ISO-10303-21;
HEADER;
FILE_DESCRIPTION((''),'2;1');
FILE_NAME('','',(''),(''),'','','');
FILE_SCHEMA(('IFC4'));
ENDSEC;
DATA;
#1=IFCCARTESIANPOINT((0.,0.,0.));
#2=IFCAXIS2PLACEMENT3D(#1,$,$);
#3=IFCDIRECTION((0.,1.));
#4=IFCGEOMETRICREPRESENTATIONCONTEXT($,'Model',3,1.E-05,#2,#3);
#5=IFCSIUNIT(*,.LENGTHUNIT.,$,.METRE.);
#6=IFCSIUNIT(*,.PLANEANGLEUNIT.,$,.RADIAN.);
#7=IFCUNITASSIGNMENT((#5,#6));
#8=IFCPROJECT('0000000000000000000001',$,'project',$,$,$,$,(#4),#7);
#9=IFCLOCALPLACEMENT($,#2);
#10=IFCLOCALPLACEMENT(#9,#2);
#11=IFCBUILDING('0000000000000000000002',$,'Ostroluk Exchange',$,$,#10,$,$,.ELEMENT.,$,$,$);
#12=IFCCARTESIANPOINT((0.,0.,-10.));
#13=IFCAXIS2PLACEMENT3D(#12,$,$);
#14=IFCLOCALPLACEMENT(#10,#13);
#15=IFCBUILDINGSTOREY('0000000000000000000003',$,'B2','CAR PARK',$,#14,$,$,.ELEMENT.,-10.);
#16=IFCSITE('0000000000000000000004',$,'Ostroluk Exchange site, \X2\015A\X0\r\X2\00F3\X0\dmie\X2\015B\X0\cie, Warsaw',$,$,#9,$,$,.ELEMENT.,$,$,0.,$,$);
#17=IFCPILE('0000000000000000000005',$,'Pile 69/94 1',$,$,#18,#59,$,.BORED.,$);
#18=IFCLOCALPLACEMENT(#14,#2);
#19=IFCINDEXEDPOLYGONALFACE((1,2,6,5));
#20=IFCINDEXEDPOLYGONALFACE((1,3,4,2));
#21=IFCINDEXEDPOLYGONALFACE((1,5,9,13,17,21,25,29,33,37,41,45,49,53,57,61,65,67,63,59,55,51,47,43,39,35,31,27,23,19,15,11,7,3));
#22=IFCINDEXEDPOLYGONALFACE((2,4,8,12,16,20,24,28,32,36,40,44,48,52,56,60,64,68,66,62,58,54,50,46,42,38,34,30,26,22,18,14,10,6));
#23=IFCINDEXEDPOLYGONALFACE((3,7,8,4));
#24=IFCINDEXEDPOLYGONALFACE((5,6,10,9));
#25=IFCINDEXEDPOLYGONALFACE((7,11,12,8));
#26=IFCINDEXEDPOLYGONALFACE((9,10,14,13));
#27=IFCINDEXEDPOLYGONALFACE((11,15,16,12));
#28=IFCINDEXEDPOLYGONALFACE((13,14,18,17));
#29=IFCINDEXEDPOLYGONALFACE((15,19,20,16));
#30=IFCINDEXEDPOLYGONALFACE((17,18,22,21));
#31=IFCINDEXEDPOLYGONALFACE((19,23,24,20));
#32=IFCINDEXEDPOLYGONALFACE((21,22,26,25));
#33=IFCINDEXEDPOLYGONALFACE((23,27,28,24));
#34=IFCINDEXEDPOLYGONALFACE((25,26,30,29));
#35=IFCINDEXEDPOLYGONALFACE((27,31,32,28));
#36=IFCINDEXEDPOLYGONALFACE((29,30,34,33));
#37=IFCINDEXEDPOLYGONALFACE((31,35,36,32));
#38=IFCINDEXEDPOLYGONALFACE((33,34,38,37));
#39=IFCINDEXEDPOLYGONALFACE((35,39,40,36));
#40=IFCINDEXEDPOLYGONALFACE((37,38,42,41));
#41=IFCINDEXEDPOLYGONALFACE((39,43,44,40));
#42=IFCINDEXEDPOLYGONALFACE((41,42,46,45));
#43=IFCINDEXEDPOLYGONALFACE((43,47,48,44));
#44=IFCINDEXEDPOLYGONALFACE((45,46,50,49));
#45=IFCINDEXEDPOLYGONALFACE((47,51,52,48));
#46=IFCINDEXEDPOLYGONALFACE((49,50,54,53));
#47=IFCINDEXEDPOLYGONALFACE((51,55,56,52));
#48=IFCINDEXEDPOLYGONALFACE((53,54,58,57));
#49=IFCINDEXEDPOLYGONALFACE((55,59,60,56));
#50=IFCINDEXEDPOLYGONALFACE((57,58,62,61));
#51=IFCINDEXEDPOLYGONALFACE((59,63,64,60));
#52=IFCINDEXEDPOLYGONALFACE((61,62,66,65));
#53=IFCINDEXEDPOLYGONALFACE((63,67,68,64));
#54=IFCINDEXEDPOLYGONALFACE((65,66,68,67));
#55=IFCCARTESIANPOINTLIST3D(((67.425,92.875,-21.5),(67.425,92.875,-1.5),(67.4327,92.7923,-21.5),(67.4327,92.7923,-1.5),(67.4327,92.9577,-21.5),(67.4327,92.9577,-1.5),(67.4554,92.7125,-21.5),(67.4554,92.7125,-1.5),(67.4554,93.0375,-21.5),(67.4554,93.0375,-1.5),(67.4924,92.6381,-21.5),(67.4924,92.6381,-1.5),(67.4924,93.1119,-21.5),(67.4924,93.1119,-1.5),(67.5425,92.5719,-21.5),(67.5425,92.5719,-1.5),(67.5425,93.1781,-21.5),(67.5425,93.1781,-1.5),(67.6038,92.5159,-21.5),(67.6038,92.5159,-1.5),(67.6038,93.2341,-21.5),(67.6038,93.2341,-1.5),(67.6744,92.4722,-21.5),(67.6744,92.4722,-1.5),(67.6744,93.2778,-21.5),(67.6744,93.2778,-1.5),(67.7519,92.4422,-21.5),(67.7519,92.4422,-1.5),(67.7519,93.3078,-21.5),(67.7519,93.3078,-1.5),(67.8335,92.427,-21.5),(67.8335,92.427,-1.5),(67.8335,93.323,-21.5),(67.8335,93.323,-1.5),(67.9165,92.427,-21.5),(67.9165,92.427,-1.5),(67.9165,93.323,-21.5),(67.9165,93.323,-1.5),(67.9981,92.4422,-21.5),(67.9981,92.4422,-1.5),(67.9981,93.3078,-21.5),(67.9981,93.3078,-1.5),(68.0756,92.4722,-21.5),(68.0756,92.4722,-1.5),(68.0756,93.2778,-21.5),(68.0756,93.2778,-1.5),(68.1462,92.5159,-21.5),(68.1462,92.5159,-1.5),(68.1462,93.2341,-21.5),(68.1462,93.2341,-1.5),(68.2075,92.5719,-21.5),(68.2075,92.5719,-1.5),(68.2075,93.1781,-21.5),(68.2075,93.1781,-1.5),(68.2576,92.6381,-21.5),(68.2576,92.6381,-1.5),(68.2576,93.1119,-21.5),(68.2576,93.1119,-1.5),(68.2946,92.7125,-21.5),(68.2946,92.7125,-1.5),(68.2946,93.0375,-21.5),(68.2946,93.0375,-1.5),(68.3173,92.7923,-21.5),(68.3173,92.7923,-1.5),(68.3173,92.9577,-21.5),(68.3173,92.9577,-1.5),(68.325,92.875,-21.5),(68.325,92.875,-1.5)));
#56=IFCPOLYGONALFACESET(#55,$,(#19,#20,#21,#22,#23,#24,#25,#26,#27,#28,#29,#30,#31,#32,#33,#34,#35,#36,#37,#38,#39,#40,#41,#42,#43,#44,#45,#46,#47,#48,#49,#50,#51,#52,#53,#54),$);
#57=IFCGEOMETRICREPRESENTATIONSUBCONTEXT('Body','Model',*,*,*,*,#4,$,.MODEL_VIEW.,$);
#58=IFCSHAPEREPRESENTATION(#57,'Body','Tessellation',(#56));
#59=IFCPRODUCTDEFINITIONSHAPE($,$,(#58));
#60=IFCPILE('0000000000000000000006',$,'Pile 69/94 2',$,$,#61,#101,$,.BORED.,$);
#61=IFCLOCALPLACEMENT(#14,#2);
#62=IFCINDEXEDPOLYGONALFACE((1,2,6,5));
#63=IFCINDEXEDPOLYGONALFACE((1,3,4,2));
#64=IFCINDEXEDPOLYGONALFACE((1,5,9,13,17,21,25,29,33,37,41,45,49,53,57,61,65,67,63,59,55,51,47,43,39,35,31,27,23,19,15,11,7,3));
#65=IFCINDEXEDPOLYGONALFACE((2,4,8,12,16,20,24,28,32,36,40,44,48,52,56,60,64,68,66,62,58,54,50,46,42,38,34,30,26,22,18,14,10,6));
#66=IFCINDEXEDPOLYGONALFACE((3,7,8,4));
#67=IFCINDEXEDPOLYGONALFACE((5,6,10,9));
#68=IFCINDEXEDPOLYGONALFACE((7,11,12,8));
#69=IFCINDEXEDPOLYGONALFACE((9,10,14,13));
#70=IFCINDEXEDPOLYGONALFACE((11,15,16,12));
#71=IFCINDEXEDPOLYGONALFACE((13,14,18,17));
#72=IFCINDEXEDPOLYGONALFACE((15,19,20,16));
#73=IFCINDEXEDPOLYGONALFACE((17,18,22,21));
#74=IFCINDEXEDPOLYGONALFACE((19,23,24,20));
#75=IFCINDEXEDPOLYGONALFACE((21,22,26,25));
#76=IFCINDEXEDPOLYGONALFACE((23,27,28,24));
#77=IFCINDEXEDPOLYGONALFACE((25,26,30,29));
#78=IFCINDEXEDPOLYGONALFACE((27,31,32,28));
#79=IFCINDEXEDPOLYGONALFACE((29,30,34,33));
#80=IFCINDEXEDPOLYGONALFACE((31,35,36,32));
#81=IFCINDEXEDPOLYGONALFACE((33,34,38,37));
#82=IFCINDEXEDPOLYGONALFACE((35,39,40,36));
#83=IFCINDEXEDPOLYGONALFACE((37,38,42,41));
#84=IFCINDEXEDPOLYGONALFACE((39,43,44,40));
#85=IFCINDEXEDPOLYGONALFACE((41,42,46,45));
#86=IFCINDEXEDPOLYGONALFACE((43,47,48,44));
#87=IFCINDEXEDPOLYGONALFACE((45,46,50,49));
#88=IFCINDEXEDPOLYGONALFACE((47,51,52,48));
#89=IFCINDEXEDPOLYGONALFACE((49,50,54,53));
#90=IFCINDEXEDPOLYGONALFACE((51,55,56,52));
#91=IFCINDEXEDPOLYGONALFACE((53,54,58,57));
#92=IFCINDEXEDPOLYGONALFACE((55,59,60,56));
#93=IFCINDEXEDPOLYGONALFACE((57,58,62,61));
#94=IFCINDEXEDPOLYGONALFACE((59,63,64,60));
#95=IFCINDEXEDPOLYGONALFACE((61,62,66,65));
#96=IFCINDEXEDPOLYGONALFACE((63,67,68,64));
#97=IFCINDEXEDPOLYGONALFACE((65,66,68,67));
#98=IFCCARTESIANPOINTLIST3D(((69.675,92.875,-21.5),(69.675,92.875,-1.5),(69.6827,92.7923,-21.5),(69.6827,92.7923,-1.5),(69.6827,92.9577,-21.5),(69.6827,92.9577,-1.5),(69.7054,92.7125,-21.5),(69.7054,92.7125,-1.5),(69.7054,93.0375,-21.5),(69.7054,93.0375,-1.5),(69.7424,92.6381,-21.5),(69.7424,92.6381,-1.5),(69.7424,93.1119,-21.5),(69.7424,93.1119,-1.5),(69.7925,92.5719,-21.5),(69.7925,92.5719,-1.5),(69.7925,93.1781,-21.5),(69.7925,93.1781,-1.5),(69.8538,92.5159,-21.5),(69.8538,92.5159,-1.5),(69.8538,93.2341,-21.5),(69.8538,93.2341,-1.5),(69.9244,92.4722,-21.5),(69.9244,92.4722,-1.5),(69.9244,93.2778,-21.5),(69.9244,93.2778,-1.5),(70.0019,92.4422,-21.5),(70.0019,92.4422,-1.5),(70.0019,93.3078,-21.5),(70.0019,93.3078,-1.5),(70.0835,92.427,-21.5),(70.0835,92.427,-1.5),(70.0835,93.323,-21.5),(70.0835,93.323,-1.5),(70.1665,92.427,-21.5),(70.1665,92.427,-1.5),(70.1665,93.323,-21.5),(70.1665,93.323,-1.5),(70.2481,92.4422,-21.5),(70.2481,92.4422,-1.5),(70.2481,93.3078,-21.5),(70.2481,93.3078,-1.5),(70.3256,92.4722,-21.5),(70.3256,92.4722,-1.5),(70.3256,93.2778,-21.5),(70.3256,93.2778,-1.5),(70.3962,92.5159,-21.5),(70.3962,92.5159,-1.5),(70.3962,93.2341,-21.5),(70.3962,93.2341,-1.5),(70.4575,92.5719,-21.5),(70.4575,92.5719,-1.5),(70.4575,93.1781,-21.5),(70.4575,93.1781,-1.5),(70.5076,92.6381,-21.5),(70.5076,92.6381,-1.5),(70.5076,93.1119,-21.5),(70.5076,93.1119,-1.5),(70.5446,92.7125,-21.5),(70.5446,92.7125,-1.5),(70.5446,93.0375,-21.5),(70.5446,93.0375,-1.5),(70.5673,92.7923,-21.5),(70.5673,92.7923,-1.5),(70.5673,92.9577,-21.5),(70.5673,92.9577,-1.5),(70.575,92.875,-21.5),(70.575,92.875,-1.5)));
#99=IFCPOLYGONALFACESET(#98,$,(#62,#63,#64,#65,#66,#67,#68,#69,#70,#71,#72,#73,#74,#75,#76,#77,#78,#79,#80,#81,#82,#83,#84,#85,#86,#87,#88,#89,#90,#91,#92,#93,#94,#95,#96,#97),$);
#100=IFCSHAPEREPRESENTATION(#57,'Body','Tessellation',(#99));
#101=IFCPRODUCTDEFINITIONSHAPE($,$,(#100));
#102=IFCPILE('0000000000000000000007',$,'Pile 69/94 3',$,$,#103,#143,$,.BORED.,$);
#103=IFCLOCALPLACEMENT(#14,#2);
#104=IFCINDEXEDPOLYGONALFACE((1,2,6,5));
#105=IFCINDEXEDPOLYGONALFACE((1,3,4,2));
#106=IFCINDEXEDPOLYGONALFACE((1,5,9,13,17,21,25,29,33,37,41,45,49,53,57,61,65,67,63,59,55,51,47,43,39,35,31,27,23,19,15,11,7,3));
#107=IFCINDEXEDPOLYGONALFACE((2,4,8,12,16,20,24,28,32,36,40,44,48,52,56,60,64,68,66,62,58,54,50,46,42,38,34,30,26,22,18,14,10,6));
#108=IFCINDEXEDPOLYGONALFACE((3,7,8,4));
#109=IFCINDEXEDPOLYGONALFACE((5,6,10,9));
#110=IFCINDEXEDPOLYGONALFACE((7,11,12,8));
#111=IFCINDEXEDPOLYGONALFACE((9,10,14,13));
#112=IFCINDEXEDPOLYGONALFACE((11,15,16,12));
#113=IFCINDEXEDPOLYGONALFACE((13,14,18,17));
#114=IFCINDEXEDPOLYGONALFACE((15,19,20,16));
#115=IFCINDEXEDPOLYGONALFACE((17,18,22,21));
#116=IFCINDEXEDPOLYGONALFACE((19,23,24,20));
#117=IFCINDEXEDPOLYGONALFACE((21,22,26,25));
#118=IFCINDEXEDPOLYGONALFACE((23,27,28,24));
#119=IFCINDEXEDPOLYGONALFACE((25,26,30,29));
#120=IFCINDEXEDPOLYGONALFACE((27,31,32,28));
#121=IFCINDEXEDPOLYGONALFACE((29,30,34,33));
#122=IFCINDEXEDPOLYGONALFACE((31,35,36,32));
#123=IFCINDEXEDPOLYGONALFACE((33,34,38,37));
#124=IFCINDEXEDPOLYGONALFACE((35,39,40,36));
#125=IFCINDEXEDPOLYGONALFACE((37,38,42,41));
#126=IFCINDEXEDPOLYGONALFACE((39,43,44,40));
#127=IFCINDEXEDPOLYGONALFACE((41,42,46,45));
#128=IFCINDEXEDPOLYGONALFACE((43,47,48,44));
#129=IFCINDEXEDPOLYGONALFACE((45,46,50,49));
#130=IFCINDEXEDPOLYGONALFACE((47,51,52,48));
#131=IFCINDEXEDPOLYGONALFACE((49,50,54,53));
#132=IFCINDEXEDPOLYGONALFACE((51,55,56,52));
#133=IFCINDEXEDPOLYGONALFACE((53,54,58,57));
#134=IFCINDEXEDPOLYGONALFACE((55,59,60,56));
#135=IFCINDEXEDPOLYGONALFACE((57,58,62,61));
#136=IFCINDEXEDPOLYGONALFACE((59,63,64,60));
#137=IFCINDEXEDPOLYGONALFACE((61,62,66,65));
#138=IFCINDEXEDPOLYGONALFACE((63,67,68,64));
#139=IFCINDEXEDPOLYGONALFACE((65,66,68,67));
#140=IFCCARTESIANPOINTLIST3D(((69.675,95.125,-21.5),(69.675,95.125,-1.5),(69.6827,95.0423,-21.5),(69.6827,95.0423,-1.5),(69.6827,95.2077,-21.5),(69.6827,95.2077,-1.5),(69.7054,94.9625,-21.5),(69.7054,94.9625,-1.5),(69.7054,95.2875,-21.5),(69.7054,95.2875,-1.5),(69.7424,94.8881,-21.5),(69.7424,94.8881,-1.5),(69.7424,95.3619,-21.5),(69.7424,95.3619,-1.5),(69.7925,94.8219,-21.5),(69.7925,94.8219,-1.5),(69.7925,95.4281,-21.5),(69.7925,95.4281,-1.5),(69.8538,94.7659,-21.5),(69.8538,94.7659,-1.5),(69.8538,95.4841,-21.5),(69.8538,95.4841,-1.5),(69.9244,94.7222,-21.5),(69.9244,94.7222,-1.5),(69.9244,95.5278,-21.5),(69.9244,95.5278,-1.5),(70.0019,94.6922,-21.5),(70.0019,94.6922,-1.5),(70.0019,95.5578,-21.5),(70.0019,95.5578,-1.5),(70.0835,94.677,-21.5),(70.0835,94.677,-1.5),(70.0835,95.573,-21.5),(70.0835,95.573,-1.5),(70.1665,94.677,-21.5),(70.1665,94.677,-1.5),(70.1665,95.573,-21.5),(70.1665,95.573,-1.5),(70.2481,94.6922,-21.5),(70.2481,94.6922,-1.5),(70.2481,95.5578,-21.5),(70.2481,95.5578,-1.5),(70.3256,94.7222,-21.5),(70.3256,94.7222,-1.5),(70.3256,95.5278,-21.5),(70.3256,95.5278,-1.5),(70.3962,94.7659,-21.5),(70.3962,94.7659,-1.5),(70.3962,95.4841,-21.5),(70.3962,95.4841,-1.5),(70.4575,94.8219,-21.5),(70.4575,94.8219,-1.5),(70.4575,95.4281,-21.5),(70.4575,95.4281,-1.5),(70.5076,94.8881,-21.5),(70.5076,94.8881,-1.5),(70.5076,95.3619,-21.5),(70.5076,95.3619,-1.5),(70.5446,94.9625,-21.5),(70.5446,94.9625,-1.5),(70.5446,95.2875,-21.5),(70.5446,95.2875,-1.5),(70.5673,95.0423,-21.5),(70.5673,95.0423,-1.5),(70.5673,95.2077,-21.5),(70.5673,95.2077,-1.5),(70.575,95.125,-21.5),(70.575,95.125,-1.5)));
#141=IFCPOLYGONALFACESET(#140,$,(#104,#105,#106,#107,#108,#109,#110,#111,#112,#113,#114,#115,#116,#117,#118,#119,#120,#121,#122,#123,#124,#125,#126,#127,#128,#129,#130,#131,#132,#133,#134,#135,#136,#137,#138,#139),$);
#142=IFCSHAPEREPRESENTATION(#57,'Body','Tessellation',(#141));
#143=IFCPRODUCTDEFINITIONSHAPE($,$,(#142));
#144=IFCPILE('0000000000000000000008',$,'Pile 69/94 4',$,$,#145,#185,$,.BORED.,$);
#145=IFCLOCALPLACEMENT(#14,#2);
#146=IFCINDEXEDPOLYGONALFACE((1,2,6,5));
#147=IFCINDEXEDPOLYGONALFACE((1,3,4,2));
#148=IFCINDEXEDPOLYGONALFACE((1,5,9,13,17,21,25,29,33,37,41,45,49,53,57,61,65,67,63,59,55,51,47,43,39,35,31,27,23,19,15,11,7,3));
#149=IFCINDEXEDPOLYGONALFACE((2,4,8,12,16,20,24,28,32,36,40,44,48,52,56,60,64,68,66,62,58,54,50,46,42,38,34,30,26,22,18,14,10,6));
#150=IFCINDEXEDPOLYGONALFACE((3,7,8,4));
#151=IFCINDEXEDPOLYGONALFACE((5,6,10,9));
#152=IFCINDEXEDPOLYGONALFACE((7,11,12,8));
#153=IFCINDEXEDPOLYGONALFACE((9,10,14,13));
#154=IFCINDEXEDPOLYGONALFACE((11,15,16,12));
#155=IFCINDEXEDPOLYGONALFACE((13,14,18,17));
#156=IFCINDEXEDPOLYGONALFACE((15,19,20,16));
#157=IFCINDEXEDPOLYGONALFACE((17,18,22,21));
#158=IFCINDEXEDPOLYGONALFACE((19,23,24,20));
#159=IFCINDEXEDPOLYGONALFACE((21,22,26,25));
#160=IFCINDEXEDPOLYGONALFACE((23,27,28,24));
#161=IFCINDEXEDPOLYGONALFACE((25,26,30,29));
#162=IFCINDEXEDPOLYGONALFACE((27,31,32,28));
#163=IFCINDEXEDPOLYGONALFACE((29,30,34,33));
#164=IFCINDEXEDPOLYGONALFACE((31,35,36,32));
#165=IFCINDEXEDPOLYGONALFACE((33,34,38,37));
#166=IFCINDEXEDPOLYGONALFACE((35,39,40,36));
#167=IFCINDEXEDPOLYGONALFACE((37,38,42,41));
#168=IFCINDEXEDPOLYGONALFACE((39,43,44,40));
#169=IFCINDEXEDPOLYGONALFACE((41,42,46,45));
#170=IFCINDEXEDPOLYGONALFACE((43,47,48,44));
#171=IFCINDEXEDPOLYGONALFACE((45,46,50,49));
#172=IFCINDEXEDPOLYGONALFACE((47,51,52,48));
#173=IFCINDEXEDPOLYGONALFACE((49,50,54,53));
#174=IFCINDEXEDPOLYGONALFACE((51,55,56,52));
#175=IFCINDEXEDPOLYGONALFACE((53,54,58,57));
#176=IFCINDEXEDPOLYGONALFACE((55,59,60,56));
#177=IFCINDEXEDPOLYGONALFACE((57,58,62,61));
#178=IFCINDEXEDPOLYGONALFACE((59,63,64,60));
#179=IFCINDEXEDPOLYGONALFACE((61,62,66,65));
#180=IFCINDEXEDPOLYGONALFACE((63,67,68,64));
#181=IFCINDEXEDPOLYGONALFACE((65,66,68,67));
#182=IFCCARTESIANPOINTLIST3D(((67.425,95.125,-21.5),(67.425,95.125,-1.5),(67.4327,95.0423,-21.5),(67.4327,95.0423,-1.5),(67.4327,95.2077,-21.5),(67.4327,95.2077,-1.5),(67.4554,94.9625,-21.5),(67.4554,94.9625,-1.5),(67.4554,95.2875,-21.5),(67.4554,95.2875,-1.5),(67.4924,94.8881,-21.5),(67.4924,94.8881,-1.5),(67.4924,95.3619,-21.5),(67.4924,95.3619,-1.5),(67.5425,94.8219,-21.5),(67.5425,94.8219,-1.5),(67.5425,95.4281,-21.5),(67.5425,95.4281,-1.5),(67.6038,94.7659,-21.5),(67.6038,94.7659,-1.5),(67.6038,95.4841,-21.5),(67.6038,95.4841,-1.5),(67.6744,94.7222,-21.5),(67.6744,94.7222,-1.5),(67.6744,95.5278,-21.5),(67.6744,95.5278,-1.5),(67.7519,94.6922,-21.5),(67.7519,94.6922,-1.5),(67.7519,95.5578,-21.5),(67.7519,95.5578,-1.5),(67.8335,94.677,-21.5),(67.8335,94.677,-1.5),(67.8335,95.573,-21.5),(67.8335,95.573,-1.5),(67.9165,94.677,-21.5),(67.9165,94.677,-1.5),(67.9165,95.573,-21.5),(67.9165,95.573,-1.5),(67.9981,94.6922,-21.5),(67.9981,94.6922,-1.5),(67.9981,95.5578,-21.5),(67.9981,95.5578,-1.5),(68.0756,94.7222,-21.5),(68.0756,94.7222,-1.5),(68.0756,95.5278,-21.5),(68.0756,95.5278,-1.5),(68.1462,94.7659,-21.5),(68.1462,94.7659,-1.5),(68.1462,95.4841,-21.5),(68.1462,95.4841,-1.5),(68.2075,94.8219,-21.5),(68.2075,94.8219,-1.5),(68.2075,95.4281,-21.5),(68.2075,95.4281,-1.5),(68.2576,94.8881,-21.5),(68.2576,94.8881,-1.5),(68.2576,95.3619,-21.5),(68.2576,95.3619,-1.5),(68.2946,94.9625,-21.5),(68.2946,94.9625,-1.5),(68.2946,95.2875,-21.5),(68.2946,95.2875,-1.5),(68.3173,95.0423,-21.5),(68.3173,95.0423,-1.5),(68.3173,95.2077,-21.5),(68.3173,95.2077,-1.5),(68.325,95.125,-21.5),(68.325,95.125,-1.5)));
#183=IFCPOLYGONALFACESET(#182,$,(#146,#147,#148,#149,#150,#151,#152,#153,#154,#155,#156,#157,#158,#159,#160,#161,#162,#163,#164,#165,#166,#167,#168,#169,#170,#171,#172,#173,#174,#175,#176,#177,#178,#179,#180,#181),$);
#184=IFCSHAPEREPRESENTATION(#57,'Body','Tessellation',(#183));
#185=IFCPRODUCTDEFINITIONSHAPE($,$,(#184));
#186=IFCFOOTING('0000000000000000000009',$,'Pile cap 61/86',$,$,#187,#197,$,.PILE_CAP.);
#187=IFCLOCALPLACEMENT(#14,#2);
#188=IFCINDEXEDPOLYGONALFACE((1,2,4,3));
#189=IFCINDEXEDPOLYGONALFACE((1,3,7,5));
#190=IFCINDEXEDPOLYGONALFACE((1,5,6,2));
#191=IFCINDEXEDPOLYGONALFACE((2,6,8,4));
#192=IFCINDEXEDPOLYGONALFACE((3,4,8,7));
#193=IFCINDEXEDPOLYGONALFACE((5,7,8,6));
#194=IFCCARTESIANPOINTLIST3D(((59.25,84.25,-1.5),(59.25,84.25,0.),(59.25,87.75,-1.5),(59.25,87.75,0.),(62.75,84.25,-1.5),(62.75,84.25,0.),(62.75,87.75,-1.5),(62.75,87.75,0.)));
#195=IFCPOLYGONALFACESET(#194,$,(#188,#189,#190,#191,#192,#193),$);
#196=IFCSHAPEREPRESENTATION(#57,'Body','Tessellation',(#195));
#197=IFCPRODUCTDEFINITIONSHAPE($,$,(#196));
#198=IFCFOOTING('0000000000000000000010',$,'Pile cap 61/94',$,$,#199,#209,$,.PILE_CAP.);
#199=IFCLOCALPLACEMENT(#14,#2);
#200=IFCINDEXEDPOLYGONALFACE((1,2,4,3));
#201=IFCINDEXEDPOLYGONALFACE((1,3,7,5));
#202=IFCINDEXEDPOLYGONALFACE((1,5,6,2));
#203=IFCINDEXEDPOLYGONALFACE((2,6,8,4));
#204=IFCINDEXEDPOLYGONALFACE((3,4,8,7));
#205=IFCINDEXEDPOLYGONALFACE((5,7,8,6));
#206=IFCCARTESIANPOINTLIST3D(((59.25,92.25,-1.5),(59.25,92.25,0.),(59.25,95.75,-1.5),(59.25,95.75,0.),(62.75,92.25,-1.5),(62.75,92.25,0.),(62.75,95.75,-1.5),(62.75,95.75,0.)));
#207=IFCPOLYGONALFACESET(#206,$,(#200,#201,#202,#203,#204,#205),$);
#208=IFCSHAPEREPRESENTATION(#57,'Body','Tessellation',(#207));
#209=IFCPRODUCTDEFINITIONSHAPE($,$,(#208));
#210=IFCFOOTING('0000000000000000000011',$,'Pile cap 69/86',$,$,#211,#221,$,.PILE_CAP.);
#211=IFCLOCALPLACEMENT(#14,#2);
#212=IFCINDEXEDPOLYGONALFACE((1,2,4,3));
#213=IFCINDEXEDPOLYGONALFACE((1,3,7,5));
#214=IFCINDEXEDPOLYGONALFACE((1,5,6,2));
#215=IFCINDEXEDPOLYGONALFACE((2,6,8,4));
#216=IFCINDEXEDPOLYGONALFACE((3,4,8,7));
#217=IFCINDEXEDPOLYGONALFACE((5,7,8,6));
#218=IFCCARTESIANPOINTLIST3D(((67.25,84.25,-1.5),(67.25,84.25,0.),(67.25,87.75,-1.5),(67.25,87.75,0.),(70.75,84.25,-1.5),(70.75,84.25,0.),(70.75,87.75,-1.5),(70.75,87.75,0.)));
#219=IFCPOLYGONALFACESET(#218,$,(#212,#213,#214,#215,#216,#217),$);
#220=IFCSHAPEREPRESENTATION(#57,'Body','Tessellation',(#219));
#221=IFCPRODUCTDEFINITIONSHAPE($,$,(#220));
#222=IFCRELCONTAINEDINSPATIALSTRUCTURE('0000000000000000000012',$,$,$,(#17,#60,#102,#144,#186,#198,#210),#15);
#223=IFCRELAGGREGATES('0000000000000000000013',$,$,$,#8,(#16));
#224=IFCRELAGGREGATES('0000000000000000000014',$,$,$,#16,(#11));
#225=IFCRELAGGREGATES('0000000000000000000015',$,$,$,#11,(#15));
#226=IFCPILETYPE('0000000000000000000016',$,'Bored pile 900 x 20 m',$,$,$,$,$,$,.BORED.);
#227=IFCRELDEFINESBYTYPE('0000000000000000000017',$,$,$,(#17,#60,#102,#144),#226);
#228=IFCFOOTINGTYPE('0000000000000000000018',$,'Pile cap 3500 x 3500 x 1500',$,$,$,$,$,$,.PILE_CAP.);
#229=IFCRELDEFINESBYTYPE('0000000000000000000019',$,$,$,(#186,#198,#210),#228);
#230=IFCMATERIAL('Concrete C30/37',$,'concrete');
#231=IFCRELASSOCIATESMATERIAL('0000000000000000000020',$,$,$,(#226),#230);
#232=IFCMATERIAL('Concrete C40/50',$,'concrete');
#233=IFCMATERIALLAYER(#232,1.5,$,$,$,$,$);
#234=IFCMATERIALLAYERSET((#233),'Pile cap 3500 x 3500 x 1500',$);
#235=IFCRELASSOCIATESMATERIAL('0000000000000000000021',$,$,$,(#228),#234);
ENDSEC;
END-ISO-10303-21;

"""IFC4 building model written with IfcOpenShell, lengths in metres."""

from ifc_helpers import new_model, si_unit, direction, frame, origin, origin_2d, place, context, subcontext, project, spatial, rectangle, circle, extrude, material, layer, layer_set, type_object, element, save


model = new_model("IFC4")

# Units and contexts
model_context = context("Model", 3, precision=1e-05, world=origin(), true_north=direction((0.0, 1.0)))
body_context = subcontext(model_context, "Body", "Model", "MODEL_VIEW")
ifc_project = project(units=[si_unit("LENGTHUNIT", "METRE"), si_unit("PLANEANGLEUNIT", "RADIAN")], contexts=[model_context])

# Site, building, storey
site_placement = place(None, origin())
site = spatial("IfcSite", under=ifc_project, at=site_placement, Name="Ostroluk Exchange site, Śródmieście, Warsaw", CompositionType="ELEMENT", RefElevation=0.0)
building_placement = place(site_placement, origin())
building = spatial("IfcBuilding", under=site, at=building_placement, Name="Ostroluk Exchange", CompositionType="ELEMENT")
storey_placement = place(building_placement, frame((0.0, 0.0, -10.0)))
storey = spatial("IfcBuildingStorey", under=building, at=storey_placement, Name="B2", Description="CAR PARK", CompositionType="ELEMENT", Elevation=-10.0)

# Piles
ifc_material_1 = material(Name="Concrete C30/37", Category="concrete")
pile_type = type_object("IfcPileType", Name="Bored pile 900 x 20 m", PredefinedType="BORED", material=ifc_material_1)
for number, where, z_axis, x_axis, name in (
    (1, (67.875, 92.875, -1.5), (0.0, 0.0, -1.0), (1.0, 0.0, 0.0), "Pile 69/94 1"),
    (2, (70.125, 92.875, -1.5), (0.0, 0.0, -1.0), (1.0, 0.0, 0.0), "Pile 69/94 2"),
    (3, (70.125, 95.125, -1.5), (0.0, 0.0, -1.0), (1.0, 0.0, 0.0), "Pile 69/94 3"),
    (4, (67.875, 95.125, -1.5), (0.0, 0.0, -1.0), (1.0, 0.0, 0.0), "Pile 69/94 4"),
):
    element("IfcPile", number, at=place(storey_placement, frame(where, z_axis=z_axis, x_axis=x_axis)), inside=storey, type_object=pile_type, Name=name, PredefinedType="BORED", context=body_context, shape_type="SweptSolid", body=[
        extrude(circle(Radius=0.45, at=origin_2d()), origin(), (0.0, 0.0, 1.0), 20.0),
    ])

# Footings
ifc_material_2 = material(Name="Concrete C40/50", Category="concrete")
ifc_layer = layer(ifc_material_2, 1.5)
ifc_layer_set = layer_set([ifc_layer], Name="Pile cap 3500 x 3500 x 1500")
footing_type = type_object("IfcFootingType", Name="Pile cap 3500 x 3500 x 1500", PredefinedType="PILE_CAP", material=ifc_layer_set)
for number, where, z_axis, x_axis, name in (
    (5, (61.0, 86.0, -1.5), (0.0, 0.0, 1.0), (1.0, 0.0, 0.0), "Pile cap 61/86"),
    (6, (61.0, 94.0, -1.5), (0.0, 0.0, 1.0), (1.0, 0.0, 0.0), "Pile cap 61/94"),
    (7, (69.0, 86.0, -1.5), (0.0, 0.0, 1.0), (1.0, 0.0, 0.0), "Pile cap 69/86"),
):
    element("IfcFooting", number, at=place(storey_placement, frame(where, z_axis=z_axis, x_axis=x_axis)), inside=storey, type_object=footing_type, Name=name, PredefinedType="PILE_CAP", context=body_context, shape_type="SweptSolid", body=[
        extrude(rectangle(XDim=3.5, YDim=3.5, at=origin_2d()), origin(), (0.0, 0.0, 1.0), 1.5),
    ])

save(model, "model.ifc")
